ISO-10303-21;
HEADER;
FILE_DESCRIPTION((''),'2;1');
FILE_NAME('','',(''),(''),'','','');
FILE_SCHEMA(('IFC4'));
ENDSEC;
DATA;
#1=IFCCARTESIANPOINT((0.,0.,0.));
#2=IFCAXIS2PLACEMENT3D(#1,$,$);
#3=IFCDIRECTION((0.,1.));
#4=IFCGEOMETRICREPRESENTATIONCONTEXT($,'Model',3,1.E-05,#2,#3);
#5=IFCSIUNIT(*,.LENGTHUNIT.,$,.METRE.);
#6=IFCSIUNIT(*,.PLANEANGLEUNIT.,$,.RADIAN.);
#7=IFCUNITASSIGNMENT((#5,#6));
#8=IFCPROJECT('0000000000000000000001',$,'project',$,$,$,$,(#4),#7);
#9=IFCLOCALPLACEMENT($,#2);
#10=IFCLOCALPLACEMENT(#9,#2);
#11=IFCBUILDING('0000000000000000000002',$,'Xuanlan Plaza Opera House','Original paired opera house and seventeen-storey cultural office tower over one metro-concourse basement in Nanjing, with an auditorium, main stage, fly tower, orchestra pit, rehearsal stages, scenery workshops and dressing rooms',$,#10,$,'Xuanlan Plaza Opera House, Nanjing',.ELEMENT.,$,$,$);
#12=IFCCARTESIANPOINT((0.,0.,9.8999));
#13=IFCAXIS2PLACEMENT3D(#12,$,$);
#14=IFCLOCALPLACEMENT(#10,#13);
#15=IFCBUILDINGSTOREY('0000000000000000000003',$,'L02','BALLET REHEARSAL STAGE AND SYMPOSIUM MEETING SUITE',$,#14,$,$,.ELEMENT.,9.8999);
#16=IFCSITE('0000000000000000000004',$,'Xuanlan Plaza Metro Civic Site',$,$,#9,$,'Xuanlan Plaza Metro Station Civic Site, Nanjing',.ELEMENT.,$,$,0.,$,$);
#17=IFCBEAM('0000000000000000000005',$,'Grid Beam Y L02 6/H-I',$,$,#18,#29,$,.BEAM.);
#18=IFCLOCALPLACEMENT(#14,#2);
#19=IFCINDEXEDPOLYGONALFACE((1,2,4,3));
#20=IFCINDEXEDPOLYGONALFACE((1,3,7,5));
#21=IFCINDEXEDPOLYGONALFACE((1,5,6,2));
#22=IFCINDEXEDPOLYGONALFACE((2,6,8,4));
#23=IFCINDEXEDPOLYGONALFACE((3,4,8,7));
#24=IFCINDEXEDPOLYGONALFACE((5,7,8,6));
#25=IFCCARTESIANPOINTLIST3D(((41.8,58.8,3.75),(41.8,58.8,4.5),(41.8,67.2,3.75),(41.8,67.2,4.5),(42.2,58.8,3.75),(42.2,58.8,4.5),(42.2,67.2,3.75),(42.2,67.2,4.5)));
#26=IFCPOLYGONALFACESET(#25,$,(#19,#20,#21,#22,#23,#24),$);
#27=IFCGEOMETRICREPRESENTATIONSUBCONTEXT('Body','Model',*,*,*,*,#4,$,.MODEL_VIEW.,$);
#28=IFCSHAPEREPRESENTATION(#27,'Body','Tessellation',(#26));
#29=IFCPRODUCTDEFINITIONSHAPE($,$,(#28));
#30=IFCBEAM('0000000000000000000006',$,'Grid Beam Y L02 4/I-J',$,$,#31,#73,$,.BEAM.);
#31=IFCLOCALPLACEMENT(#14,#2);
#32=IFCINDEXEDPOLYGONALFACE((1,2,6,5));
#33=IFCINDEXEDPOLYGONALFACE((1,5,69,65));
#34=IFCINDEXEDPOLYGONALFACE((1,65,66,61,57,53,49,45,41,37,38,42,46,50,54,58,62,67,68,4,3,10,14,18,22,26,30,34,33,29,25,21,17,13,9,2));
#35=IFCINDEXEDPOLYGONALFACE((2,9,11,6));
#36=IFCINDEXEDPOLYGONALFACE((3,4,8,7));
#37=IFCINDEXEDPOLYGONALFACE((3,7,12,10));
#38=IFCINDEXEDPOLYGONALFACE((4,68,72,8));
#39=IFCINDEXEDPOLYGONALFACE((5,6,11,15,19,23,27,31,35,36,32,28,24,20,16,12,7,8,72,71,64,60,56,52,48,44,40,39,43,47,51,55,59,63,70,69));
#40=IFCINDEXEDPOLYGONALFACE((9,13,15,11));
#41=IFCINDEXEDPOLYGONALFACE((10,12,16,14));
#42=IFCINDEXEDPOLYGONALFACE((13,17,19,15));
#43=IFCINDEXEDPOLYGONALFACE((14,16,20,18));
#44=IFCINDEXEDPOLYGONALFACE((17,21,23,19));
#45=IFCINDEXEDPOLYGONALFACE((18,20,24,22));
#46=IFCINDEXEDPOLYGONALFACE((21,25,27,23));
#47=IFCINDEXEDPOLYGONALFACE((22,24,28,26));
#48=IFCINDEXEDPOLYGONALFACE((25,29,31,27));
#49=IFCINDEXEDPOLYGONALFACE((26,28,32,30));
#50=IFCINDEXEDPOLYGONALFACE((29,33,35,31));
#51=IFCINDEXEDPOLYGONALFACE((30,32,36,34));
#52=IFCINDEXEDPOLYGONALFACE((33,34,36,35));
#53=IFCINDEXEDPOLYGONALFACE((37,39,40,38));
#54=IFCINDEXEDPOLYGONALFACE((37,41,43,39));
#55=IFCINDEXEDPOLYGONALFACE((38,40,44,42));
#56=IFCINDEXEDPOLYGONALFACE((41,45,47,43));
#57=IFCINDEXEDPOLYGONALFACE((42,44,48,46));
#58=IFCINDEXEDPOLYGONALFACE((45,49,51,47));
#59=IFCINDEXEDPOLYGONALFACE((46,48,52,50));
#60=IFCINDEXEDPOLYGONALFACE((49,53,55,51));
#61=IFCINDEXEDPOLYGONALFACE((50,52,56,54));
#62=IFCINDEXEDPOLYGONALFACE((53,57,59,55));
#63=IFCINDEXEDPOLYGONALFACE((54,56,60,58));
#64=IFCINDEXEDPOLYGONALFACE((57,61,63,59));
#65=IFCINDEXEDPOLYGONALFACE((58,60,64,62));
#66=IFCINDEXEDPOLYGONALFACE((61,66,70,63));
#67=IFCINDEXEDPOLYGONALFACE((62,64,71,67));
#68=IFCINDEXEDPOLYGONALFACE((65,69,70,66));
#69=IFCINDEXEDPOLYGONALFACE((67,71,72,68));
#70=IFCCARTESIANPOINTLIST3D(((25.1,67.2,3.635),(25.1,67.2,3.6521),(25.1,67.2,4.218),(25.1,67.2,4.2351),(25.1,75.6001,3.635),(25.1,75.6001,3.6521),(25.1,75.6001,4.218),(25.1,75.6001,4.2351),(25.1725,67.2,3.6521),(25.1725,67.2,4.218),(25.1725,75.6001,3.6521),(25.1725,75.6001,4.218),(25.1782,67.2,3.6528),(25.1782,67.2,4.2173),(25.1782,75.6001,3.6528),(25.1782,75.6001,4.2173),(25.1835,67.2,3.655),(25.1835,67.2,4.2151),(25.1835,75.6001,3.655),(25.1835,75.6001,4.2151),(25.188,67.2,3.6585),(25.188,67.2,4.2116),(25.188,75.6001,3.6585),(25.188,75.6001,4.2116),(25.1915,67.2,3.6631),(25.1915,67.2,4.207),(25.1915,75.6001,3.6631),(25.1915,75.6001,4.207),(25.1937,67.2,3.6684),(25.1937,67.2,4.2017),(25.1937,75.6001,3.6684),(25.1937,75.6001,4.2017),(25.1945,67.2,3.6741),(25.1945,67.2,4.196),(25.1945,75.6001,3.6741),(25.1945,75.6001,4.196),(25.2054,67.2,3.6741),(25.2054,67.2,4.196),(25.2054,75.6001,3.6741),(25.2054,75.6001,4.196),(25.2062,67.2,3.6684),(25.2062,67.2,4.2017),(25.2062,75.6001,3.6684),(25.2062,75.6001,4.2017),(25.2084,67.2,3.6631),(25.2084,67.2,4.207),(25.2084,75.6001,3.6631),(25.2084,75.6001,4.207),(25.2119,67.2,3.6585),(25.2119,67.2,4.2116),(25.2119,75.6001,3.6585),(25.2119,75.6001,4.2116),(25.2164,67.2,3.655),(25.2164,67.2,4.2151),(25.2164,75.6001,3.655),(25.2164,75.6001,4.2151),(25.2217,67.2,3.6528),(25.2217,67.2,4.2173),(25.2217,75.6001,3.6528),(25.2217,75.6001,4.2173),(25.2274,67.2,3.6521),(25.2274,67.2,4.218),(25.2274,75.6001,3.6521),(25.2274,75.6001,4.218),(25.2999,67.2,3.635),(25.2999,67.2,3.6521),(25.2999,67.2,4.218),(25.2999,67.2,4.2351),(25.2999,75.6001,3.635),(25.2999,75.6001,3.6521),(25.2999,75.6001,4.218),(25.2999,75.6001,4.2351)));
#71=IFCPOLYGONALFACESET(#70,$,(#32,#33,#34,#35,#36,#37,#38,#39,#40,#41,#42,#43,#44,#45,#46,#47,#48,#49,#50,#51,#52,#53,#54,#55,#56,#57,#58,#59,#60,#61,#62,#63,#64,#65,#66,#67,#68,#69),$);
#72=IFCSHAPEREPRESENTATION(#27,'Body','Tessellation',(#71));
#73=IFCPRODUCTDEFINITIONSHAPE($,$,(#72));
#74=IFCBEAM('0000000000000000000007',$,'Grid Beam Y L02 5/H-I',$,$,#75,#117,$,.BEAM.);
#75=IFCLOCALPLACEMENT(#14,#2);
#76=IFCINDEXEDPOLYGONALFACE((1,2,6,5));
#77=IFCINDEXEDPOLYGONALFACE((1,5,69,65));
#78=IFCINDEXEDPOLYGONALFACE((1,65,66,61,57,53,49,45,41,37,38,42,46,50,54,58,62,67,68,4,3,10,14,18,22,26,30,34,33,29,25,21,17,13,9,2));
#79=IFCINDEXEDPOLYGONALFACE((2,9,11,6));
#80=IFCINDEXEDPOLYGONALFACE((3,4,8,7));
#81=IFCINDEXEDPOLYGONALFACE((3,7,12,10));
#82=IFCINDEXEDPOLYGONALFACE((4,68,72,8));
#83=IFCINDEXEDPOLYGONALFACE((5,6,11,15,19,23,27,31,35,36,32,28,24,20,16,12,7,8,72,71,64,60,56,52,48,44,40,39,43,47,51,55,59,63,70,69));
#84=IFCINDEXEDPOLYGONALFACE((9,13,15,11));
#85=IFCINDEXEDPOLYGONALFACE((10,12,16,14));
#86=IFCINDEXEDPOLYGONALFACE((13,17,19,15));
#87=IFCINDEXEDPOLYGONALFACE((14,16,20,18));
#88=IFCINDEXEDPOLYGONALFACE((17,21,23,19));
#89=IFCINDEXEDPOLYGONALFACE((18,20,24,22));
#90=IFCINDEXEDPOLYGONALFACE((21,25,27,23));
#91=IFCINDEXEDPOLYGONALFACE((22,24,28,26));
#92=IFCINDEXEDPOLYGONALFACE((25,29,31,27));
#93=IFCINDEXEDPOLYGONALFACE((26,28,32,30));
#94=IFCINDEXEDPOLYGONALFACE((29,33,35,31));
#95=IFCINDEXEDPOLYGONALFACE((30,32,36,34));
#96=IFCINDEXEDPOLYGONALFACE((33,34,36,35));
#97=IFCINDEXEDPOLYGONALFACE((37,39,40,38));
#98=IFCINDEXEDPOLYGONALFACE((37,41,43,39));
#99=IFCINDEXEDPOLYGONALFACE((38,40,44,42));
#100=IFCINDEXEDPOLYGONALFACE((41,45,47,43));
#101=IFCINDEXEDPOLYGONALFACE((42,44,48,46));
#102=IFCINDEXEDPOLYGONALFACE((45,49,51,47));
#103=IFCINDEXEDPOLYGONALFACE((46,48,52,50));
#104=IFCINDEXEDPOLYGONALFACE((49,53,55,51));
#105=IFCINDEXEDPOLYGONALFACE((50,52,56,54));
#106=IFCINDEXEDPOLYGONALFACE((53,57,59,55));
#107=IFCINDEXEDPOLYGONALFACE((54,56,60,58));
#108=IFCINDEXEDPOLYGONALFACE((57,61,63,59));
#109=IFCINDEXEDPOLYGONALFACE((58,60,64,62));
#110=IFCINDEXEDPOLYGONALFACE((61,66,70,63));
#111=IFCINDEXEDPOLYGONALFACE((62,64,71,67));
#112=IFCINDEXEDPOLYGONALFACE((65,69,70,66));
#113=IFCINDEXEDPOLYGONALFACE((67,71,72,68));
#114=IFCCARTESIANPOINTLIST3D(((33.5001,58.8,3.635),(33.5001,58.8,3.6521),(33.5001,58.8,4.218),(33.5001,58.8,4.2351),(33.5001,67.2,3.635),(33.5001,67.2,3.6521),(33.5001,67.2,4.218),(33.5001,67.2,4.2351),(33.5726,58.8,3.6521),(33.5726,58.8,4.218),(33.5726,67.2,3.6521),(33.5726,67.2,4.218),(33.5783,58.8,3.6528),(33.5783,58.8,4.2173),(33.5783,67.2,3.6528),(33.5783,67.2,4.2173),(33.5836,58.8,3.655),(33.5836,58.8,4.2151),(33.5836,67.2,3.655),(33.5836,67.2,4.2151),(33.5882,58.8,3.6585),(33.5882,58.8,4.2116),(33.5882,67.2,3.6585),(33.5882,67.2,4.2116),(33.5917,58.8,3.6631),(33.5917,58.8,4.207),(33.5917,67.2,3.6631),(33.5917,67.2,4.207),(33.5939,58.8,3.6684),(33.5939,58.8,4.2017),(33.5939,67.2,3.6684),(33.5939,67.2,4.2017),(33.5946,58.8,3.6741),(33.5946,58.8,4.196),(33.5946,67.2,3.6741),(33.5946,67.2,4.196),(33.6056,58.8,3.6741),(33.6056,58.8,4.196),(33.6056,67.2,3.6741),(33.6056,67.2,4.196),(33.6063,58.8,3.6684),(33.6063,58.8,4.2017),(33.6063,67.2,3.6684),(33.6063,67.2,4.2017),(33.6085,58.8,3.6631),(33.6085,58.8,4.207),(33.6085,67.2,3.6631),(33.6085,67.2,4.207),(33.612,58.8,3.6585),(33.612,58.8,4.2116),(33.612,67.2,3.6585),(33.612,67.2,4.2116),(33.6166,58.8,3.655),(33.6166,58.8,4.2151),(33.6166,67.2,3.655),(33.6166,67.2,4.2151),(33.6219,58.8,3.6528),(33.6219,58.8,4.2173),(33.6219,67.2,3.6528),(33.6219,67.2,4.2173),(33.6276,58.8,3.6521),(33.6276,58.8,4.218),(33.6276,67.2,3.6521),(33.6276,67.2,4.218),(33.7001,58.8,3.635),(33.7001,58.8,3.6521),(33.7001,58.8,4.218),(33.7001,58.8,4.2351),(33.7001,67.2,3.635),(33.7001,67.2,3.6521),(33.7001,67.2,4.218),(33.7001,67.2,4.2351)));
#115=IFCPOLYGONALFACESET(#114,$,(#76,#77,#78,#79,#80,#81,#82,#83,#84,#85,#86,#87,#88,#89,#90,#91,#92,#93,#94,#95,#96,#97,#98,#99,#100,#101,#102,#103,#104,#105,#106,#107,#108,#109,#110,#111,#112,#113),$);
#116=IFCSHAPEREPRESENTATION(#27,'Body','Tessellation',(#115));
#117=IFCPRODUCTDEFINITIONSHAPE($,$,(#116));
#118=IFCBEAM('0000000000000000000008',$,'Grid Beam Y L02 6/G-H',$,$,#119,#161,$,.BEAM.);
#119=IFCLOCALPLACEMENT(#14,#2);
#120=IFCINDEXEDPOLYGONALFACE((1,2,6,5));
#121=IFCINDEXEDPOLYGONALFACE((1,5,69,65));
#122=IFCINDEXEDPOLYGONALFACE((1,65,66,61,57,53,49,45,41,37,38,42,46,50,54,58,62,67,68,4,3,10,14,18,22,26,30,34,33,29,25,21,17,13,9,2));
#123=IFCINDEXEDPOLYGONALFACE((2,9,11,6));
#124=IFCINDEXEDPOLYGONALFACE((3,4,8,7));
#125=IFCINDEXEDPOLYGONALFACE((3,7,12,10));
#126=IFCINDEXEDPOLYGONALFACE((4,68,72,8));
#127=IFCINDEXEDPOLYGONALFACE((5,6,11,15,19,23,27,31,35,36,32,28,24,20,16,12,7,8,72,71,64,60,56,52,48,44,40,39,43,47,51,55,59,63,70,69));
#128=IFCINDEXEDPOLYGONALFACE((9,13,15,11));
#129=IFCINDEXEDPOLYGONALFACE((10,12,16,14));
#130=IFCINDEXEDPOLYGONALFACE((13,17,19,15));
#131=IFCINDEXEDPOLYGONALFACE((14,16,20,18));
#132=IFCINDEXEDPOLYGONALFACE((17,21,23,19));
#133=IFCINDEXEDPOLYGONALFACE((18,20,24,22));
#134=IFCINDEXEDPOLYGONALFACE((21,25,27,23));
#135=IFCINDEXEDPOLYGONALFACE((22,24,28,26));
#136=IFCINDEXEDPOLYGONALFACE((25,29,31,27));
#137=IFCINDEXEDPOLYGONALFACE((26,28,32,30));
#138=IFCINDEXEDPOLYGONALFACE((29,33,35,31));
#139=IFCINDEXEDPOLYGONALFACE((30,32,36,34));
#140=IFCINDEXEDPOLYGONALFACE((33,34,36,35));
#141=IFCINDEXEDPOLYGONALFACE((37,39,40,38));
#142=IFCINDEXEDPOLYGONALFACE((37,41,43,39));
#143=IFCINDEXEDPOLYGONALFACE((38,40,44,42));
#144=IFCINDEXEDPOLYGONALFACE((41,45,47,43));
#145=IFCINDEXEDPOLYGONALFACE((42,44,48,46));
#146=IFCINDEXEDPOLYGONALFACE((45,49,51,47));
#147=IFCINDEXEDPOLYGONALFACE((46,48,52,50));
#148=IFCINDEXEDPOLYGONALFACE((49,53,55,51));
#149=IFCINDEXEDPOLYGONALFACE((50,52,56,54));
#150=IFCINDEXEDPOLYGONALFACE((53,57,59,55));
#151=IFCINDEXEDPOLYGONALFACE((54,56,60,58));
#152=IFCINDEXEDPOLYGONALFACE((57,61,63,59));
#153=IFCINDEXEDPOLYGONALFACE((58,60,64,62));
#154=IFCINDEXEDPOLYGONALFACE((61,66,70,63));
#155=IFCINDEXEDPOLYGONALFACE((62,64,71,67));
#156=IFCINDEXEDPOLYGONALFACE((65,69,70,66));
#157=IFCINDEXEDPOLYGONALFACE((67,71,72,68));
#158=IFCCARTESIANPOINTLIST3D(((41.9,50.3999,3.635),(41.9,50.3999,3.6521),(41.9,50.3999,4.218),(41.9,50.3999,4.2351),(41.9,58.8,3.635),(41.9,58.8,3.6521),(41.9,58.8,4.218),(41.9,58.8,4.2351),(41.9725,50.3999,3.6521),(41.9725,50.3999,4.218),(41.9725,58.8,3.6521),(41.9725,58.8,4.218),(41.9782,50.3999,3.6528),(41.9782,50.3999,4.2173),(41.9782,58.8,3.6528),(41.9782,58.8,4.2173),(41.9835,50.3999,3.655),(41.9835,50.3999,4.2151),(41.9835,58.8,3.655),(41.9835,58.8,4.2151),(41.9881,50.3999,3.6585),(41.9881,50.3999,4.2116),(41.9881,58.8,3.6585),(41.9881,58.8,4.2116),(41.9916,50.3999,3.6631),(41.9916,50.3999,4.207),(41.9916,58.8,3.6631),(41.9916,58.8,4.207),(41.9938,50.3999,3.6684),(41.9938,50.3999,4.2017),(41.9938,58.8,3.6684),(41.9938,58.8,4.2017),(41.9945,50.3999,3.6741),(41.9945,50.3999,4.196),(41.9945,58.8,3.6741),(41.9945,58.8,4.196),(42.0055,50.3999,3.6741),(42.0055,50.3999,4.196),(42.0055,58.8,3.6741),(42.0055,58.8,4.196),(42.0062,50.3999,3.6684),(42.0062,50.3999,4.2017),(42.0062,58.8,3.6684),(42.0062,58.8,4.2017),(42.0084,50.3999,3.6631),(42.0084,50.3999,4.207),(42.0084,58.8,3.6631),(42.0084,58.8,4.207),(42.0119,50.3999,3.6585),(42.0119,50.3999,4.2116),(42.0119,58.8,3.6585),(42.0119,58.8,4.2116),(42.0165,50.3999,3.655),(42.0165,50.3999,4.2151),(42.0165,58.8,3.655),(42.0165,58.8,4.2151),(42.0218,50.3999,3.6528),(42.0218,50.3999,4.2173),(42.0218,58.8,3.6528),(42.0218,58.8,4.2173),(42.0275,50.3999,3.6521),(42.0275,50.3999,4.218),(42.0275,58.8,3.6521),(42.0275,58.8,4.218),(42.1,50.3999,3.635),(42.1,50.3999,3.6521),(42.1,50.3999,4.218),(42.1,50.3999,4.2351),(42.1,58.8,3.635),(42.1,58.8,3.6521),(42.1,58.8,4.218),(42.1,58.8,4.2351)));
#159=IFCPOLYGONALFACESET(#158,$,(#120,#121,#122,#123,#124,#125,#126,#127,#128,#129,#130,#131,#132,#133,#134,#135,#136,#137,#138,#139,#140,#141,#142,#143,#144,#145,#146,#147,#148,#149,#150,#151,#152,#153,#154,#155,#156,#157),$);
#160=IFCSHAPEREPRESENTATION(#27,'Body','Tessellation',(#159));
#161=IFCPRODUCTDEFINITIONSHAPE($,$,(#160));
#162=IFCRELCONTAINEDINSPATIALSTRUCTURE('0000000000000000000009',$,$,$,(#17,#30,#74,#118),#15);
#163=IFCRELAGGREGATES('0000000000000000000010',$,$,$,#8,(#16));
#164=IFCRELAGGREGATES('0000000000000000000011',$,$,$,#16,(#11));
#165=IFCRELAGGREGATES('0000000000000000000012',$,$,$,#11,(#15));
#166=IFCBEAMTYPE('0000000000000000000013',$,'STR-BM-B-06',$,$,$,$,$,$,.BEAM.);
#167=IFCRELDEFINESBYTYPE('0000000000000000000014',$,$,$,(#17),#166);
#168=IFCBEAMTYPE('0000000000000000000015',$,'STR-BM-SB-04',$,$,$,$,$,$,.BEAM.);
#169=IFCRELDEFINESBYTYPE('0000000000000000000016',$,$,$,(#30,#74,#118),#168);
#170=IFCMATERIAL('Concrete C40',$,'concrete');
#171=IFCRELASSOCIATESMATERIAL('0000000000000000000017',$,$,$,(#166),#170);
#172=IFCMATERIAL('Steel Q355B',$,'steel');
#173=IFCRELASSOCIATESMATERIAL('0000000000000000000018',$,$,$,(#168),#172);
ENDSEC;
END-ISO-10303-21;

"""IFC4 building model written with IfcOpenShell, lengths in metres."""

from ifc_helpers import new_model, si_unit, direction, frame, origin, origin_2d, place, context, subcontext, project, spatial, rectangle, i_section, extrude, material, material_profile, profile_set, type_object, element, save


model = new_model("IFC4")

# Units and contexts
model_context = context("Model", 3, precision=1e-05, world=origin(), true_north=direction((0.0, 1.0)))
body_context = subcontext(model_context, "Body", "Model", "MODEL_VIEW")
ifc_project = project(units=[si_unit("LENGTHUNIT", "METRE"), si_unit("PLANEANGLEUNIT", "RADIAN")], contexts=[model_context])

# Site, building, storey
site_placement = place(None, origin())
site = spatial("IfcSite", under=ifc_project, at=site_placement, Name="Xuanlan Plaza Metro Civic Site", LongName="Xuanlan Plaza Metro Station Civic Site, Nanjing", CompositionType="ELEMENT", RefElevation=0.0)
building_placement = place(site_placement, origin())
building = spatial("IfcBuilding", under=site, at=building_placement, Name="Xuanlan Plaza Opera House", Description="Original paired opera house and seventeen-storey cultural office tower over one metro-concourse basement in Nanjing, with an auditorium, main stage, fly tower, orchestra pit, rehearsal stages, scenery workshops and dressing rooms", LongName="Xuanlan Plaza Opera House, Nanjing", CompositionType="ELEMENT")
storey_placement = place(building_placement, frame((0.0, 0.0, 9.8999)))
storey = spatial("IfcBuildingStorey", under=building, at=storey_placement, Name="L02", Description="BALLET REHEARSAL STAGE AND SYMPOSIUM MEETING SUITE", CompositionType="ELEMENT", Elevation=9.8999)

# Shared definitions
ifc_material_1 = material(Name="Concrete C40", Category="concrete")

# Beams
ifc_material_profile_1 = material_profile(ifc_material_1, rectangle(XDim=0.3999, YDim=0.75, at=origin_2d()), Name="RC-BM 400x750")
ifc_profile_set_1 = profile_set([ifc_material_profile_1], Name="Concrete C40")
beam_type_1 = type_object("IfcBeamType", Name="STR-BM-B-06", PredefinedType="BEAM", material=ifc_profile_set_1)
beam_1_placement = place(storey_placement, frame((42.0, 58.8, 4.125), z_axis=(0.0, 1.0, 0.0), x_axis=(-1.0, 0.0, 0.0)))
element("IfcBeam", 1, at=beam_1_placement, inside=storey, type_object=beam_type_1, Name="Grid Beam Y L02 6/H-I", PredefinedType="BEAM", context=body_context, shape_type="SweptSolid", body=[
    extrude(rectangle(XDim=0.3999, YDim=0.75, at=origin_2d()), origin(), (0.0, 0.0, 1.0), 8.3999),
])
ifc_material_2 = material(Name="Steel Q355B", Category="steel")
ifc_material_profile_2 = material_profile(ifc_material_2, i_section(OverallWidth=0.2, OverallDepth=0.6001, WebThickness=0.011, FlangeThickness=0.0171, FilletRadius=0.022, at=origin_2d()), Name="HN 600x200x11x17")
ifc_profile_set_2 = profile_set([ifc_material_profile_2], Name="Steel Q355B")
beam_type_2 = type_object("IfcBeamType", Name="STR-BM-SB-04", PredefinedType="BEAM", material=ifc_profile_set_2)
beam_2_placement = place(storey_placement, frame((25.2, 67.2, 3.9351), z_axis=(0.0, 1.0, 0.0), x_axis=(-1.0, 0.0, 0.0)))
element("IfcBeam", 2, at=beam_2_placement, inside=storey, type_object=beam_type_2, Name="Grid Beam Y L02 4/I-J", PredefinedType="BEAM", context=body_context, shape_type="SweptSolid", body=[
    extrude(i_section(OverallWidth=0.2, OverallDepth=0.6001, WebThickness=0.011, FlangeThickness=0.0171, FilletRadius=0.022, at=origin_2d()), origin(), (0.0, 0.0, 1.0), 8.4001),
])
beam_3_placement = place(storey_placement, frame((33.6001, 58.8, 3.9351), z_axis=(0.0, 1.0, 0.0), x_axis=(-1.0, 0.0, 0.0)))
element("IfcBeam", 3, at=beam_3_placement, inside=storey, type_object=beam_type_2, Name="Grid Beam Y L02 5/H-I", PredefinedType="BEAM", context=body_context, shape_type="SweptSolid", body=[
    extrude(i_section(OverallWidth=0.2, OverallDepth=0.6001, WebThickness=0.011, FlangeThickness=0.0171, FilletRadius=0.022, at=origin_2d()), origin(), (0.0, 0.0, 1.0), 8.3999),
])
beam_4_placement = place(storey_placement, frame((42.0, 50.3999, 3.9351), z_axis=(0.0, 1.0, 0.0), x_axis=(-1.0, 0.0, 0.0)))
element("IfcBeam", 4, at=beam_4_placement, inside=storey, type_object=beam_type_2, Name="Grid Beam Y L02 6/G-H", PredefinedType="BEAM", context=body_context, shape_type="SweptSolid", body=[
    extrude(i_section(OverallWidth=0.2, OverallDepth=0.6001, WebThickness=0.011, FlangeThickness=0.0171, FilletRadius=0.022, at=origin_2d()), origin(), (0.0, 0.0, 1.0), 8.4001),
])

save(model, "model.ifc")
